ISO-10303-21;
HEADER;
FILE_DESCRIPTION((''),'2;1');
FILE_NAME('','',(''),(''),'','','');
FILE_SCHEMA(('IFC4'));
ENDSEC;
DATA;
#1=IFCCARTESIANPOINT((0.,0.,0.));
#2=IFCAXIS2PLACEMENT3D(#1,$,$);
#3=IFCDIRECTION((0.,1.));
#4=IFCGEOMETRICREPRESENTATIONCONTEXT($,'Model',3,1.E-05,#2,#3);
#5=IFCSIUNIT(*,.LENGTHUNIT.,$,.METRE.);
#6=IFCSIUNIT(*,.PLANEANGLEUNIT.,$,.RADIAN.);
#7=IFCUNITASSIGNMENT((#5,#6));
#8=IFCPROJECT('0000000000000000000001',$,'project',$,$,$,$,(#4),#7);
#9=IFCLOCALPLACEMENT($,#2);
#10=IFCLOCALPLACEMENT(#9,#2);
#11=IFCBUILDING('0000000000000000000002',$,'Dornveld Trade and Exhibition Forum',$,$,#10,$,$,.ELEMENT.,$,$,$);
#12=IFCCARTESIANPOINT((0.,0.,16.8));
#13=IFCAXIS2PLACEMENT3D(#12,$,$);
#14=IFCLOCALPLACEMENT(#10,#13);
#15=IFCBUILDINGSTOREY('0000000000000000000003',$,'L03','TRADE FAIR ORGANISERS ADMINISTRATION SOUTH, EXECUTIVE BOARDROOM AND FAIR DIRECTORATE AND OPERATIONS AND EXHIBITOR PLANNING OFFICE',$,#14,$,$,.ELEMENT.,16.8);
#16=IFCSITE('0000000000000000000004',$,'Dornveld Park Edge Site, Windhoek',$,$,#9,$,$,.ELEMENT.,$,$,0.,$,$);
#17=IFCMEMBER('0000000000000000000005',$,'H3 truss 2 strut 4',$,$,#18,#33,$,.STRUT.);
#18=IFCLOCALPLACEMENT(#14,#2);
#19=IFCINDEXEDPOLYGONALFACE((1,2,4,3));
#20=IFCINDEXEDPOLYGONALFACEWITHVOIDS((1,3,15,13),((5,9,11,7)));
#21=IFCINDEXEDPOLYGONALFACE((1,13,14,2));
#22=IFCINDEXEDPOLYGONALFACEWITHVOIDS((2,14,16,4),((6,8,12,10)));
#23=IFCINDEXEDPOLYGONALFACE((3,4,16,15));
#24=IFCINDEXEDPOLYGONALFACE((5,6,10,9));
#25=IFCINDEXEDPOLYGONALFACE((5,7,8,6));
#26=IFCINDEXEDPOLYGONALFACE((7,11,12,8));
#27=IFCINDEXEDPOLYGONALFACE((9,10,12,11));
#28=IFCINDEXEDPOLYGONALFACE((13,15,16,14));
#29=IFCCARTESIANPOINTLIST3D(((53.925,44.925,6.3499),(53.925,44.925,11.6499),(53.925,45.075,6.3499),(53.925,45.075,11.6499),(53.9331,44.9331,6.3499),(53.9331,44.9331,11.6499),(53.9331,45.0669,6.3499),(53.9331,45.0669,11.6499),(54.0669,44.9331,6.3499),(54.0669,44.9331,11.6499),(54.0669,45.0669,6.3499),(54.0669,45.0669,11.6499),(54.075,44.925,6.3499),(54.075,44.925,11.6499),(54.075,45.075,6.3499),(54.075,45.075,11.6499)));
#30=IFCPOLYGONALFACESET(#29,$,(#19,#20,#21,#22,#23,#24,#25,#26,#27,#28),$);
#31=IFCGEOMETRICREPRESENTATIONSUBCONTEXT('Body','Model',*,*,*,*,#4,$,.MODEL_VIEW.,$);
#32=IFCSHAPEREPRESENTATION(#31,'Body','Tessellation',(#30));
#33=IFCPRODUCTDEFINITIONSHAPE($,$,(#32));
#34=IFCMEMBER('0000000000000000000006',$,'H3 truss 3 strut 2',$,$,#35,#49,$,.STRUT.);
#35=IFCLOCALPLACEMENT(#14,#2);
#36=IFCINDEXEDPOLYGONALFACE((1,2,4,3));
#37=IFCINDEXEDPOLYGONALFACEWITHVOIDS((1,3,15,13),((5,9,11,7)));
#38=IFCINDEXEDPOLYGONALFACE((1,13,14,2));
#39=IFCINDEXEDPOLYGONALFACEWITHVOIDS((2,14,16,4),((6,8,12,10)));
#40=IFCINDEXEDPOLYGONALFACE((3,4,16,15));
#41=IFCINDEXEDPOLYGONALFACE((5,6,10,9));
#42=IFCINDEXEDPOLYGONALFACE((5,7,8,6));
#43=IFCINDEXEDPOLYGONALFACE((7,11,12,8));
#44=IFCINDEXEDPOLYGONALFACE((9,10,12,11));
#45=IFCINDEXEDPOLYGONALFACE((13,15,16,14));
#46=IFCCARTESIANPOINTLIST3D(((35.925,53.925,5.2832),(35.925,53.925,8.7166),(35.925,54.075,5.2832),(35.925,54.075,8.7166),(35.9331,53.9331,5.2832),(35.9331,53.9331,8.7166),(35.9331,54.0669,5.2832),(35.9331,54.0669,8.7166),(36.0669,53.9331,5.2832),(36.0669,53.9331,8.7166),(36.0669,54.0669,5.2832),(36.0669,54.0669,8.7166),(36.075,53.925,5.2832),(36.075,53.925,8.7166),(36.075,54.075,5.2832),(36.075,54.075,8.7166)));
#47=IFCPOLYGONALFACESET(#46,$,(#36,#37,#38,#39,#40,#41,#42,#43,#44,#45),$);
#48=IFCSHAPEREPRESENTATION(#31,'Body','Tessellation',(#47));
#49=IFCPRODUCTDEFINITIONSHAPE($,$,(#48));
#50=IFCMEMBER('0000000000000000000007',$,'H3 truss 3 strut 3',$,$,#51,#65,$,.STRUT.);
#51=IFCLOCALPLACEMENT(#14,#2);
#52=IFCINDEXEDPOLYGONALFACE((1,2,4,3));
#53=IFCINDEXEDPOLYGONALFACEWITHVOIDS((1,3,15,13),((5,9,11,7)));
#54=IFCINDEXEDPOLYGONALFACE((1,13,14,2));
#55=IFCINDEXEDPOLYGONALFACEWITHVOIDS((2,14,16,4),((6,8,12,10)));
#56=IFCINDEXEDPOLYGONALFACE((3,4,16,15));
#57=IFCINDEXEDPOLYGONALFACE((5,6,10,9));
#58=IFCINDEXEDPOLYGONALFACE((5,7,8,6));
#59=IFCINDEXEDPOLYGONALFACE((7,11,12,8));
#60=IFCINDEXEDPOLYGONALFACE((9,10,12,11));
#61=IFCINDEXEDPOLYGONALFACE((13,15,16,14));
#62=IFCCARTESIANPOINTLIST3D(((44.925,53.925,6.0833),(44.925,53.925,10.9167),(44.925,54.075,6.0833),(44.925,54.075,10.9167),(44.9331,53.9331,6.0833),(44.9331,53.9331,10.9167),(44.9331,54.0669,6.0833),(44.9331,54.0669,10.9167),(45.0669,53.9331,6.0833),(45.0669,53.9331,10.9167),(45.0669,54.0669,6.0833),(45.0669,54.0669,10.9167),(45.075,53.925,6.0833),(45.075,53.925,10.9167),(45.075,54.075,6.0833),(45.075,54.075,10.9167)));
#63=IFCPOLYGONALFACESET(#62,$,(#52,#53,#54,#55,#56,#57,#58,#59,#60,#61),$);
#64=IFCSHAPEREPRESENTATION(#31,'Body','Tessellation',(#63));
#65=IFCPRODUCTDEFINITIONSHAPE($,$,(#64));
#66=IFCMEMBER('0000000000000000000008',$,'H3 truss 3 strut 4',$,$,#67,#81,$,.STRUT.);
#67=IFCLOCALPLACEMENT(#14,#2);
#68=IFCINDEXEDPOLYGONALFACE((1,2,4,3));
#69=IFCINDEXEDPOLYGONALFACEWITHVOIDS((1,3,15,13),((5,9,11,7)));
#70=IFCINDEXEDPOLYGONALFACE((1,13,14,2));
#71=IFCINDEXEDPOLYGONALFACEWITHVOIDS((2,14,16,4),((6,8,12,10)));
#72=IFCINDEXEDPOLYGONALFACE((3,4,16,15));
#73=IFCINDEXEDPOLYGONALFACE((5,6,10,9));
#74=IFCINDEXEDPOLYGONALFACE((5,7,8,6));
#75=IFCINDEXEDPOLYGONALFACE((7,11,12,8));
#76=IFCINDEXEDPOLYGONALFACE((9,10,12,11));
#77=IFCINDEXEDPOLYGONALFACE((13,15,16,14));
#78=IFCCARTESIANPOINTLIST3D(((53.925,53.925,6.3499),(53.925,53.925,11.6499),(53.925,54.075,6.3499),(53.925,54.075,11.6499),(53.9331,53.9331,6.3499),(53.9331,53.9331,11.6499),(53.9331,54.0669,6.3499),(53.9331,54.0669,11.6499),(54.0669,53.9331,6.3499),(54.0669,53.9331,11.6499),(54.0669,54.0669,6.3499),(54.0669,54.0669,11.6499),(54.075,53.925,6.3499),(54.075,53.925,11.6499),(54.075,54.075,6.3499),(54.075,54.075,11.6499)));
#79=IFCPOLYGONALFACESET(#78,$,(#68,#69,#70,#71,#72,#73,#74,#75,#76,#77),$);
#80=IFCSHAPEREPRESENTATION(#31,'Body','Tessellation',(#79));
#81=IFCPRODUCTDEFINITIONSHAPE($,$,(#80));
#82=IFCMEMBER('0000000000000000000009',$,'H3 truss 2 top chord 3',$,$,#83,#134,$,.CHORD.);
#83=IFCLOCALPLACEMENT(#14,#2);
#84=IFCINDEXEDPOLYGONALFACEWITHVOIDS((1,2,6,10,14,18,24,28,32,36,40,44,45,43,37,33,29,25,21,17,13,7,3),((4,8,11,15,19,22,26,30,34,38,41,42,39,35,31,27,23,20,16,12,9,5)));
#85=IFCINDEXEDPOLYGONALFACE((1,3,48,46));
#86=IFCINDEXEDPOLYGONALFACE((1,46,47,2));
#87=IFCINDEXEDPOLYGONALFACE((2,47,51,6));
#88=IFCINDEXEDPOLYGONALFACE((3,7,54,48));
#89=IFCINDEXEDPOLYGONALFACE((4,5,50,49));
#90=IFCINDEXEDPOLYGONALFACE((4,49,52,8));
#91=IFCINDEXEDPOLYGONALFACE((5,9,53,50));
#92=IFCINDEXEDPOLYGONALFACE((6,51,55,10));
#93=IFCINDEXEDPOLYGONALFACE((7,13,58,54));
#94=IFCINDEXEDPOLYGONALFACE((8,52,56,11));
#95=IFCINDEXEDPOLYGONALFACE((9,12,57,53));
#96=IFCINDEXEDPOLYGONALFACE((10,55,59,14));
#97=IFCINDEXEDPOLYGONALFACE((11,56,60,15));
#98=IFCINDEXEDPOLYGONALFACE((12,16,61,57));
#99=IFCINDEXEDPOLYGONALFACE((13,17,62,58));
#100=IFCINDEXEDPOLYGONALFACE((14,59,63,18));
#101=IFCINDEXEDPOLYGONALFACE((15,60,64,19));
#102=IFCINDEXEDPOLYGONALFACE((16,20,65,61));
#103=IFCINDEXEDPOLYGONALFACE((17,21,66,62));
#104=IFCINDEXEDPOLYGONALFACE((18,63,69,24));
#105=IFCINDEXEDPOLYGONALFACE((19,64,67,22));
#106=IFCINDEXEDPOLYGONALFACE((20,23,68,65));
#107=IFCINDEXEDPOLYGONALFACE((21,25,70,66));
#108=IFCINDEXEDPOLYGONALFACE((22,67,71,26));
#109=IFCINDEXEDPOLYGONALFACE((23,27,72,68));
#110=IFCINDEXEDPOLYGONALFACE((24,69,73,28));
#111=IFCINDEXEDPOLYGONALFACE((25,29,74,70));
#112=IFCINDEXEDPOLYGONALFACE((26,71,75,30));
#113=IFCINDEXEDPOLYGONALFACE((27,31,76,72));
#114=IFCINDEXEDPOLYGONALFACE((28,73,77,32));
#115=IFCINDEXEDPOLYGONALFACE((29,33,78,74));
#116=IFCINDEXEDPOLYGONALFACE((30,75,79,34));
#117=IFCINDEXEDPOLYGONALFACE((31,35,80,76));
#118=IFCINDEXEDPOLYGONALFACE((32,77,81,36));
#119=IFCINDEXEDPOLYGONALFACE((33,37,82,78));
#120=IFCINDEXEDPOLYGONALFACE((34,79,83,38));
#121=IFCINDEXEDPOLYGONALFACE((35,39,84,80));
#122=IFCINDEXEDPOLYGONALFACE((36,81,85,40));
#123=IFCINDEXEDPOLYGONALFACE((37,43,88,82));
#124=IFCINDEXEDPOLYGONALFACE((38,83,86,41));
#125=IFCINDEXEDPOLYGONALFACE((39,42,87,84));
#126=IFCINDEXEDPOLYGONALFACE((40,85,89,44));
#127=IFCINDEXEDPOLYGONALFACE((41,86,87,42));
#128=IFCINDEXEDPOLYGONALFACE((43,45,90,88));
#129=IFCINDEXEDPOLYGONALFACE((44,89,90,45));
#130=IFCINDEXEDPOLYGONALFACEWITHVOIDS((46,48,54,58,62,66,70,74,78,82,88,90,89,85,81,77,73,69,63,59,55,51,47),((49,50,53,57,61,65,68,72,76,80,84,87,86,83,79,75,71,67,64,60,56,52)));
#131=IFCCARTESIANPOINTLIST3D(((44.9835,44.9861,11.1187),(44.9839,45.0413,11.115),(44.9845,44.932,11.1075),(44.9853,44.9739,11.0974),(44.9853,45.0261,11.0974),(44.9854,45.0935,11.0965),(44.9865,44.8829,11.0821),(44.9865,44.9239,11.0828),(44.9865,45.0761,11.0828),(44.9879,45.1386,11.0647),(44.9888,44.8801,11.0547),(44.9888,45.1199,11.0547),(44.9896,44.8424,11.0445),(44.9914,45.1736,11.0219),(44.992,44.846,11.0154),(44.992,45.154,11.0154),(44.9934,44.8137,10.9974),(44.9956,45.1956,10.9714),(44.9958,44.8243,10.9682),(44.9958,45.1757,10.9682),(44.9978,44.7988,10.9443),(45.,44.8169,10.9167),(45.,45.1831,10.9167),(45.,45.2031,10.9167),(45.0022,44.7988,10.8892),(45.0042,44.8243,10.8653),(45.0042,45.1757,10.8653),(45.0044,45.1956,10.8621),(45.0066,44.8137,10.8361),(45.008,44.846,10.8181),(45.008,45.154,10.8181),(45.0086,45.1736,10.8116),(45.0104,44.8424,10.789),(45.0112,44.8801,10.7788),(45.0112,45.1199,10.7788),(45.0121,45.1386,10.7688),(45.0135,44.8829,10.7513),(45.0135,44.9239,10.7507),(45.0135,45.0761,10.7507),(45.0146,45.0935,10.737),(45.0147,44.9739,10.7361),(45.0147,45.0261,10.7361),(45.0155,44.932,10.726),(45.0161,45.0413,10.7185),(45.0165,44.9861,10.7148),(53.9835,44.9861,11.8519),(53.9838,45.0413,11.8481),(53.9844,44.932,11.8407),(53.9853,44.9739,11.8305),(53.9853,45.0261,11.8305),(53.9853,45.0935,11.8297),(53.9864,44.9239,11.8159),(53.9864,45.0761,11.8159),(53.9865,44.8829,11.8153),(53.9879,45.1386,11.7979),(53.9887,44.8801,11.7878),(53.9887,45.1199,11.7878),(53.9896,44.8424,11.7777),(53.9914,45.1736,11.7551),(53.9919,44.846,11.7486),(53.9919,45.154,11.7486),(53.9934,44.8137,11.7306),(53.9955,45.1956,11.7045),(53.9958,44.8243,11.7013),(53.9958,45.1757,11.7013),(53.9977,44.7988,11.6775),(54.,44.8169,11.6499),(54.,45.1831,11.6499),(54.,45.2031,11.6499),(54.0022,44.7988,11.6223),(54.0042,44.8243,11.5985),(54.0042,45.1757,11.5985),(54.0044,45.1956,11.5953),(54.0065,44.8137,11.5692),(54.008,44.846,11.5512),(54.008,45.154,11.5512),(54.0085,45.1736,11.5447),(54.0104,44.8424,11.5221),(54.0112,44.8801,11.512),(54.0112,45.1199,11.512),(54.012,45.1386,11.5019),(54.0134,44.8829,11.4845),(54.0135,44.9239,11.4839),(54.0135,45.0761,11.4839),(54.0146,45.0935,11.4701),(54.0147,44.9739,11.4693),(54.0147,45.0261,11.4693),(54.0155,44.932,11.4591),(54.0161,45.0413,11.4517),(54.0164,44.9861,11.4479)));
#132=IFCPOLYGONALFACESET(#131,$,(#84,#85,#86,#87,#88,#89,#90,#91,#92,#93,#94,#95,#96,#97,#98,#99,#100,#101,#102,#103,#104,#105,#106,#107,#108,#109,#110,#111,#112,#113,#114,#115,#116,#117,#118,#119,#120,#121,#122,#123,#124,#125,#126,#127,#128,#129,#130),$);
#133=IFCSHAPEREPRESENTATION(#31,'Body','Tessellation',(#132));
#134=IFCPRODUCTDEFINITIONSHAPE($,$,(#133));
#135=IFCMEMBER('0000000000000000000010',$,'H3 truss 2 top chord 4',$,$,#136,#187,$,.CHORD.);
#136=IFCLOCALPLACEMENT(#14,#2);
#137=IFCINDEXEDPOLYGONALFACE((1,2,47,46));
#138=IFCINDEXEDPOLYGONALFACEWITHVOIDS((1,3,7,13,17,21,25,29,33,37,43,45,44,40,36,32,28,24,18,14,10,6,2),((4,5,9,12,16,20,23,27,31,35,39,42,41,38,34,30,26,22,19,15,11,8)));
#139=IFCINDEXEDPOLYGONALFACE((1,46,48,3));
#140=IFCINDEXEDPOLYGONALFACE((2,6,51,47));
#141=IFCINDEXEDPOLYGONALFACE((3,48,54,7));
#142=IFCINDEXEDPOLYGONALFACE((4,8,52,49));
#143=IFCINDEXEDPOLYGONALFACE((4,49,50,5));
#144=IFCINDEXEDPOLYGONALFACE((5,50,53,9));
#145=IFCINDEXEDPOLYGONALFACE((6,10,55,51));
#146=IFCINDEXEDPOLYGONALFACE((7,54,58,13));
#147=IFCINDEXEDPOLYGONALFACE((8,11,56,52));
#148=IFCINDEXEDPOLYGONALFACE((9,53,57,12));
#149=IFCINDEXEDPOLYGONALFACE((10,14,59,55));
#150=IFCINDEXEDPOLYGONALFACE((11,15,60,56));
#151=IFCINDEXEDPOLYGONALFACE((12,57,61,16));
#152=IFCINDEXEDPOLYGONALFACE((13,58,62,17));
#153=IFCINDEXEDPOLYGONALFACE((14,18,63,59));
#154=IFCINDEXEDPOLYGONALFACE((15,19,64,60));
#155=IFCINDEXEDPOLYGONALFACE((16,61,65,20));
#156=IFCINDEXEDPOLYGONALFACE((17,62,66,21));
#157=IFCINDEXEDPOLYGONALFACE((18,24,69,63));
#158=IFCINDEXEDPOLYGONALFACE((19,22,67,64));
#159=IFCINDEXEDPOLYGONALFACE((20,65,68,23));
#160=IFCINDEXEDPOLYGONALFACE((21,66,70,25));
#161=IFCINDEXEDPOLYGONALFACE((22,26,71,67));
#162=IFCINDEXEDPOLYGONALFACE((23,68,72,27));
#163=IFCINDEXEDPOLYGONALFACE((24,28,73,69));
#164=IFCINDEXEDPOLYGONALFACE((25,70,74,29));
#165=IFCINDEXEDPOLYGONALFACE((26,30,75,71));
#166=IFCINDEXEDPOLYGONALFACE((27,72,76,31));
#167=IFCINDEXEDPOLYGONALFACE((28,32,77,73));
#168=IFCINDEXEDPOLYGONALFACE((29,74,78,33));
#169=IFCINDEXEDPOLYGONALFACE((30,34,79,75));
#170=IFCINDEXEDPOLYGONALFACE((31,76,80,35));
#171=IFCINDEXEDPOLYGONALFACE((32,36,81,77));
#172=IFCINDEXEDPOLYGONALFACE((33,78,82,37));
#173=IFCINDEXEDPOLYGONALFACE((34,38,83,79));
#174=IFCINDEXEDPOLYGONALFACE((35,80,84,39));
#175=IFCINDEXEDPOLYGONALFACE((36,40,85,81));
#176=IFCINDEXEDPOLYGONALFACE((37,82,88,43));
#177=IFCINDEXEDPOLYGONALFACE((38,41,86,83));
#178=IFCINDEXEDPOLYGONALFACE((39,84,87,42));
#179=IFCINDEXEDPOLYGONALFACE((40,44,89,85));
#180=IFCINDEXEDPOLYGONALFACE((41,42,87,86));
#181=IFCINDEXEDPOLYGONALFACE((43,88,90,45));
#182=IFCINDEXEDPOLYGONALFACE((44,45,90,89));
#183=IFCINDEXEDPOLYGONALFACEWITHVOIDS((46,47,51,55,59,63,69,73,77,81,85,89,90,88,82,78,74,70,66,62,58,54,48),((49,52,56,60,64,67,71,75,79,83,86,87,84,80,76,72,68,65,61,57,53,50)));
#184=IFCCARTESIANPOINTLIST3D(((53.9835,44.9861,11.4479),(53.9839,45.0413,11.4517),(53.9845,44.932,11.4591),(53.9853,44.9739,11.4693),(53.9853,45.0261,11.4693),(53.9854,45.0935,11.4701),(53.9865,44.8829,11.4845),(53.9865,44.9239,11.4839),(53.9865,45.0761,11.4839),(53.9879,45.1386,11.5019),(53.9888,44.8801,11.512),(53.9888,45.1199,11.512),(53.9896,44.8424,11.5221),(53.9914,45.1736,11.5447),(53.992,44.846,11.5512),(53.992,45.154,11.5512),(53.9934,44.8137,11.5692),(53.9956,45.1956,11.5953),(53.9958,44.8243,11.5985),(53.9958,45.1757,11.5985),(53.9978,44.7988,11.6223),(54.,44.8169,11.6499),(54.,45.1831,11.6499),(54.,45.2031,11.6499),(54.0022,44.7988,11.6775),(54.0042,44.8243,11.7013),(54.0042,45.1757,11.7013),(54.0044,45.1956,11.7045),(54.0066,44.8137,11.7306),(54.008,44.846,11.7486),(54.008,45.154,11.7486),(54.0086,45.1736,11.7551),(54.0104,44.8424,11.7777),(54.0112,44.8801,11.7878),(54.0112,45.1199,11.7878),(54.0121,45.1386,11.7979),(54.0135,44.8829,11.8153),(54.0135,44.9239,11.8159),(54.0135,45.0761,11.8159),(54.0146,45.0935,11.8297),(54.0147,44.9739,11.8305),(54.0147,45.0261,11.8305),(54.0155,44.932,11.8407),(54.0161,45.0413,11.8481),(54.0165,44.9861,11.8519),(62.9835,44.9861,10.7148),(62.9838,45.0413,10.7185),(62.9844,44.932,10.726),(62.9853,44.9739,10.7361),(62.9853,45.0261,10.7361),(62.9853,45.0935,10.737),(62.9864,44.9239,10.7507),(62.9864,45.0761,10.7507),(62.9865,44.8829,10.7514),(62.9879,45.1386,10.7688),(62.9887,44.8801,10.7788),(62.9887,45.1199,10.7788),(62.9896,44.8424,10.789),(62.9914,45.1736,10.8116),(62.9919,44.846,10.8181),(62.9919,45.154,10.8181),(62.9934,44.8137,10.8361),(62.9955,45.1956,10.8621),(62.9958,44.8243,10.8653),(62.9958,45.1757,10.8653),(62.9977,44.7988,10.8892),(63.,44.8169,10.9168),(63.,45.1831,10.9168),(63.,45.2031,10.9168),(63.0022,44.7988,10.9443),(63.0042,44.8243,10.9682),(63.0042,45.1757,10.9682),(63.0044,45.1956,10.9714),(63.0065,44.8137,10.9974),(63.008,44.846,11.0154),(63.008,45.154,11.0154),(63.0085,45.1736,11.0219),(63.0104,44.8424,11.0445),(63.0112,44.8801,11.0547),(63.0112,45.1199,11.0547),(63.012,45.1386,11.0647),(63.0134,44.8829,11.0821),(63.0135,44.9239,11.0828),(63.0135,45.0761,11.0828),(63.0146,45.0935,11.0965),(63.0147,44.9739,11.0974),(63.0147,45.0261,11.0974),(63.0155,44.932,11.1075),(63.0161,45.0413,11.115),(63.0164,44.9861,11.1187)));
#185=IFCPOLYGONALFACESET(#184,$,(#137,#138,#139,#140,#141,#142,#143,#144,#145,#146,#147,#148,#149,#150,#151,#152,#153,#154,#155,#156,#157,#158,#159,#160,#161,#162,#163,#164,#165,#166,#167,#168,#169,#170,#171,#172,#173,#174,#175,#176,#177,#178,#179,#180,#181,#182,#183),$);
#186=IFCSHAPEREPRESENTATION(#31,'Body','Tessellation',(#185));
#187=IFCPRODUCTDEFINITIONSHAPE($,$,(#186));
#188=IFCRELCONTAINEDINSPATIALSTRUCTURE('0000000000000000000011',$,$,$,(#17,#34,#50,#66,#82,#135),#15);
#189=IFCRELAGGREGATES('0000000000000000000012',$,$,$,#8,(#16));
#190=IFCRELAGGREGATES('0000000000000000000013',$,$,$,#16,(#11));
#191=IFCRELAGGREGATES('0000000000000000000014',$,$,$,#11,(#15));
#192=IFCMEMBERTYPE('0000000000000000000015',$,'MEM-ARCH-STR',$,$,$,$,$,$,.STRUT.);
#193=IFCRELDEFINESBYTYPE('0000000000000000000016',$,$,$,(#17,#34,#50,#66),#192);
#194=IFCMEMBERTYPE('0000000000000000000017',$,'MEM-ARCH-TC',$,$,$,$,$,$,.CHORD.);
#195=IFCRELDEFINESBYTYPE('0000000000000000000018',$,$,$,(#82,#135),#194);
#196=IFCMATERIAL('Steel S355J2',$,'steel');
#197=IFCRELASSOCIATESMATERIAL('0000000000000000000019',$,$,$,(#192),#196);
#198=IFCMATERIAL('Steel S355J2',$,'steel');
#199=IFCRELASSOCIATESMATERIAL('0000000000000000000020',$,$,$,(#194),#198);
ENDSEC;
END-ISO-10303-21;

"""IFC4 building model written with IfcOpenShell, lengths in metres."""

from ifc_helpers import new_model, si_unit, direction, frame, origin, origin_2d, place, context, subcontext, project, spatial, hollow_rectangle, hollow_circle, extrude, material, material_profile, profile_set, type_object, element, save


model = new_model("IFC4")

# Units and contexts
model_context = context("Model", 3, precision=1e-05, world=origin(), true_north=direction((0.0, 1.0)))
body_context = subcontext(model_context, "Body", "Model", "MODEL_VIEW")
ifc_project = project(units=[si_unit("LENGTHUNIT", "METRE"), si_unit("PLANEANGLEUNIT", "RADIAN")], contexts=[model_context])

# Site, building, storey
site_placement = place(None, origin())
site = spatial("IfcSite", under=ifc_project, at=site_placement, Name="Dornveld Park Edge Site, Windhoek", CompositionType="ELEMENT", RefElevation=0.0)
building_placement = place(site_placement, origin())
building = spatial("IfcBuilding", under=site, at=building_placement, Name="Dornveld Trade and Exhibition Forum", CompositionType="ELEMENT")
storey_placement = place(building_placement, frame((0.0, 0.0, 16.8)))
storey = spatial("IfcBuildingStorey", under=building, at=storey_placement, Name="L03", Description="TRADE FAIR ORGANISERS ADMINISTRATION SOUTH, EXECUTIVE BOARDROOM AND FAIR DIRECTORATE AND OPERATIONS AND EXHIBITOR PLANNING OFFICE", CompositionType="ELEMENT", Elevation=16.8)

# Members
ifc_material_1 = material(Name="Steel S355J2", Category="steel")
ifc_material_profile_1 = material_profile(ifc_material_1, hollow_rectangle(XDim=0.1499, YDim=0.1499, WallThickness=0.0081, at=origin_2d()), Name="SHS 150x150x8")
ifc_profile_set_1 = profile_set([ifc_material_profile_1], Name="Steel S355J2")
member_type_1 = type_object("IfcMemberType", Name="MEM-ARCH-STR", PredefinedType="STRUT", material=ifc_profile_set_1)
member_1_placement = place(storey_placement, frame((54.0, 45.0, 6.3499), z_axis=(0.0, 0.0, 1.0), x_axis=(1.0, 0.0, 0.0)))
element("IfcMember", 1, at=member_1_placement, inside=storey, type_object=member_type_1, Name="H3 truss 2 strut 4", PredefinedType="STRUT", context=body_context, shape_type="SweptSolid", body=[
    extrude(hollow_rectangle(XDim=0.1499, YDim=0.1499, WallThickness=0.0081, at=origin_2d()), origin(), (0.0, 0.0, 1.0), 5.3),
])
member_2_placement = place(storey_placement, frame((36.0, 54.0, 5.2832), z_axis=(0.0, 0.0, 1.0), x_axis=(1.0, 0.0, 0.0)))
element("IfcMember", 2, at=member_2_placement, inside=storey, type_object=member_type_1, Name="H3 truss 3 strut 2", PredefinedType="STRUT", context=body_context, shape_type="SweptSolid", body=[
    extrude(hollow_rectangle(XDim=0.1499, YDim=0.1499, WallThickness=0.0081, at=origin_2d()), origin(), (0.0, 0.0, 1.0), 3.4333),
])
member_3_placement = place(storey_placement, frame((45.0, 54.0, 6.0833), z_axis=(0.0, 0.0, 1.0), x_axis=(1.0, 0.0, 0.0)))
element("IfcMember", 3, at=member_3_placement, inside=storey, type_object=member_type_1, Name="H3 truss 3 strut 3", PredefinedType="STRUT", context=body_context, shape_type="SweptSolid", body=[
    extrude(hollow_rectangle(XDim=0.1499, YDim=0.1499, WallThickness=0.0081, at=origin_2d()), origin(), (0.0, 0.0, 1.0), 4.8335),
])
member_4_placement = place(storey_placement, frame((54.0, 54.0, 6.3499), z_axis=(0.0, 0.0, 1.0), x_axis=(1.0, 0.0, 0.0)))
element("IfcMember", 4, at=member_4_placement, inside=storey, type_object=member_type_1, Name="H3 truss 3 strut 4", PredefinedType="STRUT", context=body_context, shape_type="SweptSolid", body=[
    extrude(hollow_rectangle(XDim=0.1499, YDim=0.1499, WallThickness=0.0081, at=origin_2d()), origin(), (0.0, 0.0, 1.0), 5.3),
])
ifc_material_2 = material(Name="Steel S355J2", Category="steel")
ifc_material_profile_2 = material_profile(ifc_material_2, hollow_circle(Radius=0.2031, WallThickness=0.02, at=origin_2d()), Name="CHS 406.4x20")
ifc_profile_set_2 = profile_set([ifc_material_profile_2], Name="Steel S355J2")
member_type_2 = type_object("IfcMemberType", Name="MEM-ARCH-TC", PredefinedType="CHORD", material=ifc_profile_set_2)
for number, where, z_axis, x_axis, name in (
    (5, (45.0, 45.0, 10.9167), (0.996698, 0.0, 0.081193), (0.0, 1.0, 0.0), "H3 truss 2 top chord 3"),
    (6, (54.0, 45.0, 11.6499), (0.996698, 0.0, -0.081193), (0.0, 1.0, 0.0), "H3 truss 2 top chord 4"),
):
    element("IfcMember", number, at=place(storey_placement, frame(where, z_axis=z_axis, x_axis=x_axis)), inside=storey, type_object=member_type_2, Name=name, PredefinedType="CHORD", context=body_context, shape_type="SweptSolid", body=[
        extrude(hollow_circle(Radius=0.2031, WallThickness=0.02, at=origin_2d()), origin(), (0.0, 0.0, 1.0), 9.0298),
    ])

save(model, "model.ifc")
